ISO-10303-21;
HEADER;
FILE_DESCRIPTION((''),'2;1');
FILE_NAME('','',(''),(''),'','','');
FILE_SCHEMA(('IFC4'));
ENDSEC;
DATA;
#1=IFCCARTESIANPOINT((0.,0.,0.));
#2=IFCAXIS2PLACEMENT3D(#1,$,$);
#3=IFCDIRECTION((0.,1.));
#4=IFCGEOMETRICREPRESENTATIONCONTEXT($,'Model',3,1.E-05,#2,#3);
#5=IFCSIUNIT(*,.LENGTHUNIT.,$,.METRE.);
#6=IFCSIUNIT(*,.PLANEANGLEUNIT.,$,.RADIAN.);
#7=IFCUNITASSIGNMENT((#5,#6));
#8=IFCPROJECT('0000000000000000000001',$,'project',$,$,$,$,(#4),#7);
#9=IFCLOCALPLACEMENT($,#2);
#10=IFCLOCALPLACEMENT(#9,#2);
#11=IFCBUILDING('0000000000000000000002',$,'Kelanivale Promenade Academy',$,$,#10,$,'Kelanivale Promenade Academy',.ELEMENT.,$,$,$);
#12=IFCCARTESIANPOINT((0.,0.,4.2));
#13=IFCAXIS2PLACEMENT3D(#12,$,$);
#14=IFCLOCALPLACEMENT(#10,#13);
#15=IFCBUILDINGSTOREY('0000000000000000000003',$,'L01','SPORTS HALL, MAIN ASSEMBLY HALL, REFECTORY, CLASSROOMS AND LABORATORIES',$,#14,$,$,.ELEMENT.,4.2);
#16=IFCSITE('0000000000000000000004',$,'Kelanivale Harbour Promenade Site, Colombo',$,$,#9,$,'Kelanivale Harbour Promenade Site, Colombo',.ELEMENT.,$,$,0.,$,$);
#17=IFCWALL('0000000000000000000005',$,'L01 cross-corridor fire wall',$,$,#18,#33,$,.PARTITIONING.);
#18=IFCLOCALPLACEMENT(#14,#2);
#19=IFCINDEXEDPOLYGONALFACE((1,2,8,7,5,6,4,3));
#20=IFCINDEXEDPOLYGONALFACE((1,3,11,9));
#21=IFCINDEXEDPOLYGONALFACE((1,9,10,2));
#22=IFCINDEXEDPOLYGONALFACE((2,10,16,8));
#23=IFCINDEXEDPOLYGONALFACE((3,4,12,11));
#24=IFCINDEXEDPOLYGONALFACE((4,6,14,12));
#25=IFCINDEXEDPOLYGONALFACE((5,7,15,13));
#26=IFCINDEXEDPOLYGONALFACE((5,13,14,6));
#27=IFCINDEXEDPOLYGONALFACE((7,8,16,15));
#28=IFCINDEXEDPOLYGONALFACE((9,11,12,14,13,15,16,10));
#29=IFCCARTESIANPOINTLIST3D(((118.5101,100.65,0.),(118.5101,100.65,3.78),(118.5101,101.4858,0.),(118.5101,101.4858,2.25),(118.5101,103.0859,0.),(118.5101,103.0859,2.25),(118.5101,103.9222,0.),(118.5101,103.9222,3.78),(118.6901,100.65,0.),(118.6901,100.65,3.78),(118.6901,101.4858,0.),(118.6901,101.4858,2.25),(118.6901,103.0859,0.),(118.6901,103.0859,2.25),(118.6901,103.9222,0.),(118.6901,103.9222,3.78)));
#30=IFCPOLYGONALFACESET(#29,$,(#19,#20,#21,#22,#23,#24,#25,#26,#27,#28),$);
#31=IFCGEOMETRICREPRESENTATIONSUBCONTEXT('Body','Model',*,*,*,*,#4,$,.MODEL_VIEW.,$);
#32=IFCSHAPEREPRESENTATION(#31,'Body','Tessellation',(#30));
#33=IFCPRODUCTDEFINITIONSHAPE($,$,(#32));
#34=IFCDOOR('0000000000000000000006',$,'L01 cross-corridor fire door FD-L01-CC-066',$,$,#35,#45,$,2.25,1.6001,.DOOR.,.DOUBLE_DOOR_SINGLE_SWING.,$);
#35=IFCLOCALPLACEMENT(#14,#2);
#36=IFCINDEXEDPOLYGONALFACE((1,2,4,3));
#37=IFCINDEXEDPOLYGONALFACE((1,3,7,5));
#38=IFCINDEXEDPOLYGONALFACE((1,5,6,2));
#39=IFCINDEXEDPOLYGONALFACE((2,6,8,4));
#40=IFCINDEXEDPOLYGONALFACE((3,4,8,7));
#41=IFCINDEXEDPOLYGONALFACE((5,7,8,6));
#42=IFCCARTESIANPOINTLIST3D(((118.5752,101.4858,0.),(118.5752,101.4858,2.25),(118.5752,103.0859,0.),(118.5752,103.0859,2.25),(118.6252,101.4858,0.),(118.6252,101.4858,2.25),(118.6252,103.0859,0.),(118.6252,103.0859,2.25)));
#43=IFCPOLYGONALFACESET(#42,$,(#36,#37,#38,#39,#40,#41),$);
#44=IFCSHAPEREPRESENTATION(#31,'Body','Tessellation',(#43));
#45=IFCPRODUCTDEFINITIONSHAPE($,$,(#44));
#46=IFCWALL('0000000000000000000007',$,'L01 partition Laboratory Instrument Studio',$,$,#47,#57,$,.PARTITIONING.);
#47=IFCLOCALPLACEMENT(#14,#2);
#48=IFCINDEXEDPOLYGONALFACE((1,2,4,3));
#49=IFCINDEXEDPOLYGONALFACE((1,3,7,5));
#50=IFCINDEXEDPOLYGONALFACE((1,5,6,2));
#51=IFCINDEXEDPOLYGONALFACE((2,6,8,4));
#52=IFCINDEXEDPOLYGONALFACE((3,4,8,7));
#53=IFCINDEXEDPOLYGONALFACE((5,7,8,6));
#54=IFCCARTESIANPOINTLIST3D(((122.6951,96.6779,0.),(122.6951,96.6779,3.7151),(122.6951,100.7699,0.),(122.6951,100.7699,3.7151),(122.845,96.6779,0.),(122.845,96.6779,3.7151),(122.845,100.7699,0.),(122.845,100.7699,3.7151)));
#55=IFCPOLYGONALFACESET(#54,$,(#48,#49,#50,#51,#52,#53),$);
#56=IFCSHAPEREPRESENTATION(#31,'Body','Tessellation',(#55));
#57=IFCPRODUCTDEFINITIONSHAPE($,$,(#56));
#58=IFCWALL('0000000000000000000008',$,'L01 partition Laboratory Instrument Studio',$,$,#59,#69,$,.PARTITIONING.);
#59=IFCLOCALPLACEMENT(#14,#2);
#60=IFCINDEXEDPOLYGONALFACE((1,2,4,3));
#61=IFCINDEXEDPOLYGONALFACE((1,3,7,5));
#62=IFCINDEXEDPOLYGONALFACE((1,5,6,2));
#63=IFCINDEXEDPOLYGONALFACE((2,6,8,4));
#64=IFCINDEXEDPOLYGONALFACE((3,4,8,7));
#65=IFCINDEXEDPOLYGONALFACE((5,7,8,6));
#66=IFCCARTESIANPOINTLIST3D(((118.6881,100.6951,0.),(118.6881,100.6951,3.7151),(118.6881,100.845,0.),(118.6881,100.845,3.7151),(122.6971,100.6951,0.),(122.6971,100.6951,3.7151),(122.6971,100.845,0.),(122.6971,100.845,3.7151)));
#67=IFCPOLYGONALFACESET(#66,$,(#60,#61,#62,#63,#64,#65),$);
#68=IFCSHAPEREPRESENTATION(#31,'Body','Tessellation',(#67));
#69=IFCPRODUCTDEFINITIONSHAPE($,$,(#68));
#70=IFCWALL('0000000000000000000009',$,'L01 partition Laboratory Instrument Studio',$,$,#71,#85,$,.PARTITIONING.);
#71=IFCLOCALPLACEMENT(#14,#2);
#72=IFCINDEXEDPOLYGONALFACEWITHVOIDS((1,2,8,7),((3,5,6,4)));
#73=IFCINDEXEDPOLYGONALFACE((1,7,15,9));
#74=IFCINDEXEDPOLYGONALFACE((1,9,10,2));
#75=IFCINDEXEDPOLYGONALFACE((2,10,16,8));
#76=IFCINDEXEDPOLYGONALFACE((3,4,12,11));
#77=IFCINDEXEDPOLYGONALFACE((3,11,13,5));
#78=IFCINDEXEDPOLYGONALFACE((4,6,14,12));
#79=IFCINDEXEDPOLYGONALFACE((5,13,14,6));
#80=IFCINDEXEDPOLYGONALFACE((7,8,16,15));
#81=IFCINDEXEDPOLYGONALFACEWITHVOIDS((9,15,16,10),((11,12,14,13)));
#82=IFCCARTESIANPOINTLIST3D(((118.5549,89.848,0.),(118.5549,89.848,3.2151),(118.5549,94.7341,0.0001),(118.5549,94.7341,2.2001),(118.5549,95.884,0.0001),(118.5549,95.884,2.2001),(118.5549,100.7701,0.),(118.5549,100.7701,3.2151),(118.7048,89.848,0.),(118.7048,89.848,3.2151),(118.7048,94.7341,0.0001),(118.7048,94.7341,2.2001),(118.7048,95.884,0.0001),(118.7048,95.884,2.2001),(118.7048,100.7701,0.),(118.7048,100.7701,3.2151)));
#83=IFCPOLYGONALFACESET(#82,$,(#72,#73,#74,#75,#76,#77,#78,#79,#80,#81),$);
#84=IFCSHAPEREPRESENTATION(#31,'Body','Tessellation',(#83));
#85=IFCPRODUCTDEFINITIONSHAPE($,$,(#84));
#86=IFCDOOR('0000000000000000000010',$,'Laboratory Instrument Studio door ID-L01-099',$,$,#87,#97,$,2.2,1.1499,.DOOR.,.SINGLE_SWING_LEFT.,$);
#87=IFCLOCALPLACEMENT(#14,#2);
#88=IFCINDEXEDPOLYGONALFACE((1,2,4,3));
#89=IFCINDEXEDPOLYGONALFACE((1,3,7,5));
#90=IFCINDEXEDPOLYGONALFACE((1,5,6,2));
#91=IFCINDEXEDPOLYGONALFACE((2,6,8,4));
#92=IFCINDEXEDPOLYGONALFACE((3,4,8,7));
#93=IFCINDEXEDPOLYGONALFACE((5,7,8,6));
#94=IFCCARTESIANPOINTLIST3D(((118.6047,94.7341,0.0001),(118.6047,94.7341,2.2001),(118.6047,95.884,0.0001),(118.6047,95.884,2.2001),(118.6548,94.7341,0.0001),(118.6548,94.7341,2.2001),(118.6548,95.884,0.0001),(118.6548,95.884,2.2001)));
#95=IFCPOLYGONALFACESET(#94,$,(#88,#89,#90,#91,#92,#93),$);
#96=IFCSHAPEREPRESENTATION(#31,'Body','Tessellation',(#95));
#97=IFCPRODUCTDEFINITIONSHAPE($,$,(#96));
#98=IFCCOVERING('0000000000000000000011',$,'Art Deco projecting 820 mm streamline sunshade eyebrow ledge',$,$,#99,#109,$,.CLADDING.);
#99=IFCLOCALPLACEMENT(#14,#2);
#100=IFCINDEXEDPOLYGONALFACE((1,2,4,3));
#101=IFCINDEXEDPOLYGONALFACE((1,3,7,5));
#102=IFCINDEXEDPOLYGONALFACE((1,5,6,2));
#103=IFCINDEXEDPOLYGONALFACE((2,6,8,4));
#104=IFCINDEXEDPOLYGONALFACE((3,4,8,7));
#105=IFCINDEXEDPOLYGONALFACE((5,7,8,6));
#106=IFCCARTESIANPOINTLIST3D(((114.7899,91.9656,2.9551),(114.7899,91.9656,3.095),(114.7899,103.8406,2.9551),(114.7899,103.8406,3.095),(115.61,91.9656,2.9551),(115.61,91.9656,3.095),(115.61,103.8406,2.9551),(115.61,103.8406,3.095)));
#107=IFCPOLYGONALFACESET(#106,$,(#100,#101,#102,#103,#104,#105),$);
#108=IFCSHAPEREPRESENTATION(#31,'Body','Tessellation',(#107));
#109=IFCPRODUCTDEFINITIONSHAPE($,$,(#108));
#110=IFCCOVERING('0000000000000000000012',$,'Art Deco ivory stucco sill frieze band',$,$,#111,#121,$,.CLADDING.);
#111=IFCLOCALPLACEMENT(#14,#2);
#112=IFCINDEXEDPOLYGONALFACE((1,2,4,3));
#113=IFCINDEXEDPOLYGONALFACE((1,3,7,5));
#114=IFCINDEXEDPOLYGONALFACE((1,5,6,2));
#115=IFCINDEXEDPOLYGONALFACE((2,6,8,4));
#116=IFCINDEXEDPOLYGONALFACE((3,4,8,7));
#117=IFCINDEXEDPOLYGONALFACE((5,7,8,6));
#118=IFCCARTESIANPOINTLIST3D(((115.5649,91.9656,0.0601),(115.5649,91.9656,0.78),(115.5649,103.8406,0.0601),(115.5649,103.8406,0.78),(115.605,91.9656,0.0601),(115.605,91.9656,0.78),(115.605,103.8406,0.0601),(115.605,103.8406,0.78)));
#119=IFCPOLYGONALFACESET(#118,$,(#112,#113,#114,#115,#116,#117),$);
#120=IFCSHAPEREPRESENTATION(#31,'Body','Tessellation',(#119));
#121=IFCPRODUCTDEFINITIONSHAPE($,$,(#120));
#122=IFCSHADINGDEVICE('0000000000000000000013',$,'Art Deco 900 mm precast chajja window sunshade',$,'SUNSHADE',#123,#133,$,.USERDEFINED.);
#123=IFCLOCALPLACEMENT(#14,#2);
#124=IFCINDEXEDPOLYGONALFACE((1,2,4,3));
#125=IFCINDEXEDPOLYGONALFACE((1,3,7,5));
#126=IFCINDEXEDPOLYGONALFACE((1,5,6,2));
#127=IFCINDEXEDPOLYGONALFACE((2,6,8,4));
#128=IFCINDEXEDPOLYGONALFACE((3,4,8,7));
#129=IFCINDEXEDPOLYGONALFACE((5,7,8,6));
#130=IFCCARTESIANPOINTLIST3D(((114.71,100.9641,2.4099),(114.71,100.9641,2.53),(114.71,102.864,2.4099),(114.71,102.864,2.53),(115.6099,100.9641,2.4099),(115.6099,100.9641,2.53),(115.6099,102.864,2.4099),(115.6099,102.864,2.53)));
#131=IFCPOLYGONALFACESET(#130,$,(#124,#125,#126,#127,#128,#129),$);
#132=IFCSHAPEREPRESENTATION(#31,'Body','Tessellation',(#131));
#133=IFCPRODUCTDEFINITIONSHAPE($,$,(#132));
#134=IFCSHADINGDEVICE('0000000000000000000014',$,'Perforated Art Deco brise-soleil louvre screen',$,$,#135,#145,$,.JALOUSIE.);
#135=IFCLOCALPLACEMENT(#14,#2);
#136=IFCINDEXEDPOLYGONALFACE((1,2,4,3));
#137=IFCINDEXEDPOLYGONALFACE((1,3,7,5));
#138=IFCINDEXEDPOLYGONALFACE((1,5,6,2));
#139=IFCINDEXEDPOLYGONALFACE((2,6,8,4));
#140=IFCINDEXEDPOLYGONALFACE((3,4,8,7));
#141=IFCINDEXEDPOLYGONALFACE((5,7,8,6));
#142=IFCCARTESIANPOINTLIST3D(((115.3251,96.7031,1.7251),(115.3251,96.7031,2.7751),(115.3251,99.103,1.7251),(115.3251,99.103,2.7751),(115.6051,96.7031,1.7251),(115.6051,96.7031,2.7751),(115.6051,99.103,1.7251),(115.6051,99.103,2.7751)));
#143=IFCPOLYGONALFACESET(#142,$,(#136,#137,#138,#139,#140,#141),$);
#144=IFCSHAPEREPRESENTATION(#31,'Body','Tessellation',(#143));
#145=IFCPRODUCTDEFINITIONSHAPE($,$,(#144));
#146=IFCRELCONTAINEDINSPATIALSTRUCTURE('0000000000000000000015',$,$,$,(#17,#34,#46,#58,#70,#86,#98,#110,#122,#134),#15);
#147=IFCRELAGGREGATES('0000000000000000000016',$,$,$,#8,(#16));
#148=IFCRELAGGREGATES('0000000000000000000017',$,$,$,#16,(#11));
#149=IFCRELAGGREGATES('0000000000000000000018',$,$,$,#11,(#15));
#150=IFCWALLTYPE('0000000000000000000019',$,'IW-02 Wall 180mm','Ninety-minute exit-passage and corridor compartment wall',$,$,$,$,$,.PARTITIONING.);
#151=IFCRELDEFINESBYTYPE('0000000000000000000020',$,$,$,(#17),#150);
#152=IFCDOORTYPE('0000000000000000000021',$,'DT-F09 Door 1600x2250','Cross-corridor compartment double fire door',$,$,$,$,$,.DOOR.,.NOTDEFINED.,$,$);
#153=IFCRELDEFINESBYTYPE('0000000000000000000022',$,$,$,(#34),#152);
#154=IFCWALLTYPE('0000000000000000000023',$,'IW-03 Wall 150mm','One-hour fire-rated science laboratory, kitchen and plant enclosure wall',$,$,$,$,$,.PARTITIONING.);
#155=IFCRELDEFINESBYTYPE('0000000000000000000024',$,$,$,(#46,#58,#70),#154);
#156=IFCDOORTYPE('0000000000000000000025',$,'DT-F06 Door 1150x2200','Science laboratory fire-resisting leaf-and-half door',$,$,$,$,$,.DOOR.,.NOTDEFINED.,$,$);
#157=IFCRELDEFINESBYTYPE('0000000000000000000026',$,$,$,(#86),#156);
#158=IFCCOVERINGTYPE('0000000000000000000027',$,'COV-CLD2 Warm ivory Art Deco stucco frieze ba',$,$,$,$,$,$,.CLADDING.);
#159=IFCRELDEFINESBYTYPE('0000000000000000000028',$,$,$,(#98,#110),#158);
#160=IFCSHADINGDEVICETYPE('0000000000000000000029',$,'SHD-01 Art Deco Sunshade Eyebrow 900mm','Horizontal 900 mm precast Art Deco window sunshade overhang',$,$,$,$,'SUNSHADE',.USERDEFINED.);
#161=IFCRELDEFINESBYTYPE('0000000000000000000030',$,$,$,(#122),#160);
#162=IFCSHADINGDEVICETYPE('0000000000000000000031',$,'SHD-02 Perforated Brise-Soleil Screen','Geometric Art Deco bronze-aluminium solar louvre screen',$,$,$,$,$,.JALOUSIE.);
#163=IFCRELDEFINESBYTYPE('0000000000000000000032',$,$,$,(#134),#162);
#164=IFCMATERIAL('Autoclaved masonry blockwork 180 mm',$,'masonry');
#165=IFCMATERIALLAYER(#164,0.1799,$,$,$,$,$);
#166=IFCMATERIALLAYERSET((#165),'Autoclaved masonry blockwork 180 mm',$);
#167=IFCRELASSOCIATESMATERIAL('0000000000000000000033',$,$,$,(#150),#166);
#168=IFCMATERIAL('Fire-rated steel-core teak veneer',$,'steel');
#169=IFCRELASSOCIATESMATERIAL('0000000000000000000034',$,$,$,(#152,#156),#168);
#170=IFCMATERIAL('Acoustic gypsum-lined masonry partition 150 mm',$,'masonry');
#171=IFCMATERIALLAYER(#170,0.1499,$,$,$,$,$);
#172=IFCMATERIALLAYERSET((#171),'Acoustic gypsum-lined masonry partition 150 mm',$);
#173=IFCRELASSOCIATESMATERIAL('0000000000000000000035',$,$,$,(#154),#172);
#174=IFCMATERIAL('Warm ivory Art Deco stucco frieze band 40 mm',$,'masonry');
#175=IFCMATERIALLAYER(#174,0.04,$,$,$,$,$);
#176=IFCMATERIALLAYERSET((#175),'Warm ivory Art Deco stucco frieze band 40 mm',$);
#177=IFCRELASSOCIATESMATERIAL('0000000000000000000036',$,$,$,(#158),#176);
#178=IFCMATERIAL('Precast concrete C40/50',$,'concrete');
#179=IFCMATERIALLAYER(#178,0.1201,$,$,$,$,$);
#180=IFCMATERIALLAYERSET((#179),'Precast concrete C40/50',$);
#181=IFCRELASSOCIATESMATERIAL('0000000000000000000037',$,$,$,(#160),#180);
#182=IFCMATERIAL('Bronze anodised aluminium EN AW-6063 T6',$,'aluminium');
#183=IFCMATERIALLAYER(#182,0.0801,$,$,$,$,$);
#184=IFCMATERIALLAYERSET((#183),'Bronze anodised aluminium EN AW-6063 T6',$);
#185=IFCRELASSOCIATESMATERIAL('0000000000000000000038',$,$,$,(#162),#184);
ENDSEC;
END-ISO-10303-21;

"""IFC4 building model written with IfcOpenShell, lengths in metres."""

from ifc_helpers import new_model, si_unit, direction, frame, frame_2d, origin, origin_2d, place, context, subcontext, project, spatial, rectangle, extrude, material, layer, layer_set, type_object, element, fill, save


model = new_model("IFC4")

# Units and contexts
model_context = context("Model", 3, precision=1e-05, world=origin(), true_north=direction((0.0, 1.0)))
body_context = subcontext(model_context, "Body", "Model", "MODEL_VIEW")
ifc_project = project(units=[si_unit("LENGTHUNIT", "METRE"), si_unit("PLANEANGLEUNIT", "RADIAN")], contexts=[model_context])

# Site, building, storey
site_placement = place(None, origin())
site = spatial("IfcSite", under=ifc_project, at=site_placement, Name="Kelanivale Harbour Promenade Site, Colombo", LongName="Kelanivale Harbour Promenade Site, Colombo", CompositionType="ELEMENT", RefElevation=0.0)
building_placement = place(site_placement, origin())
building = spatial("IfcBuilding", under=site, at=building_placement, Name="Kelanivale Promenade Academy", LongName="Kelanivale Promenade Academy", CompositionType="ELEMENT")
storey_placement = place(building_placement, frame((0.0, 0.0, 4.2)))
storey = spatial("IfcBuildingStorey", under=building, at=storey_placement, Name="L01", Description="SPORTS HALL, MAIN ASSEMBLY HALL, REFECTORY, CLASSROOMS AND LABORATORIES", CompositionType="ELEMENT", Elevation=4.2)

# Shared definitions
ifc_material_1 = material(Name="Fire-rated steel-core teak veneer", Category="steel")

# Wall, opening, door
ifc_material_2 = material(Name="Autoclaved masonry blockwork 180 mm", Category="masonry")
ifc_layer_1 = layer(ifc_material_2, 0.1799)
ifc_layer_set_1 = layer_set([ifc_layer_1], Name="Autoclaved masonry blockwork 180 mm")
wall_type_1 = type_object("IfcWallType", Name="IW-02 Wall 180mm", Description="Ninety-minute exit-passage and corridor compartment wall", PredefinedType="PARTITIONING", material=ifc_layer_set_1)
wall_1_placement = place(storey_placement, frame((118.6001, 100.6499, 0.0), z_axis=(0.0, 0.0, 1.0), x_axis=(0.0, 1.0, 0.0)))
wall_1 = element("IfcWall", 1, at=wall_1_placement, inside=storey, type_object=wall_type_1, Name="L01 cross-corridor fire wall", PredefinedType="PARTITIONING", context=body_context, shape_type="SweptSolid", body=[
    extrude(rectangle(XDim=3.2722, YDim=0.1799, at=frame_2d((1.6362, 0.0))), origin(), (0.0, 0.0, 1.0), 3.78),
])
opening_1_placement = place(wall_1_placement, frame((0.8359, 0.0, 0.0)))
opening_1 = element("IfcOpeningElement", 2, at=opening_1_placement, cuts=wall_1, PredefinedType="OPENING", context=body_context, shape_type="SweptSolid", body=[
    extrude(rectangle(XDim=1.6001, YDim=2.25, at=frame_2d((0.8, 1.125))), frame((0.0, 0.1001, 0.0), z_axis=(0.0, -1.0, 0.0), x_axis=(1.0, 0.0, 0.0)), (0.0, 0.0, 1.0), 0.2),
])
door_type_1 = type_object("IfcDoorType", Name="DT-F09 Door 1600x2250", Description="Cross-corridor compartment double fire door", OperationType="NOTDEFINED", PredefinedType="DOOR", material=ifc_material_1)
door_1_placement = place(opening_1_placement, origin())
door_1 = element("IfcDoor", 3, at=door_1_placement, inside=storey, type_object=door_type_1, Name="L01 cross-corridor fire door FD-L01-CC-066", OperationType="DOUBLE_DOOR_SINGLE_SWING", OverallHeight=2.25, OverallWidth=1.6001, PredefinedType="DOOR", context=body_context, shape_type="SweptSolid", body=[
    extrude(rectangle(XDim=1.6001, YDim=2.25, at=frame_2d((0.8, 1.125))), frame((0.0, 0.0249, 0.0), z_axis=(0.0, -1.0, 0.0), x_axis=(1.0, 0.0, 0.0)), (0.0, 0.0, 1.0), 0.05),
])
fill(opening_1, door_1)

# Walls
ifc_material_3 = material(Name="Acoustic gypsum-lined masonry partition 150 mm", Category="masonry")
ifc_layer_2 = layer(ifc_material_3, 0.1499)
ifc_layer_set_2 = layer_set([ifc_layer_2], Name="Acoustic gypsum-lined masonry partition 150 mm")
wall_type_2 = type_object("IfcWallType", Name="IW-03 Wall 150mm", Description="One-hour fire-rated science laboratory, kitchen and plant enclosure wall", PredefinedType="PARTITIONING", material=ifc_layer_set_2)
wall_2_placement = place(storey_placement, frame((122.77, 96.678, 0.0), z_axis=(0.0, 0.0, 1.0), x_axis=(0.0, 1.0, 0.0)))
element("IfcWall", 4, at=wall_2_placement, inside=storey, type_object=wall_type_2, Name="L01 partition Laboratory Instrument Studio", PredefinedType="PARTITIONING", context=body_context, shape_type="SweptSolid", body=[
    extrude(rectangle(XDim=4.092, YDim=0.1499, at=frame_2d((2.0459, 0.0))), origin(), (0.0, 0.0, 1.0), 3.7151),
])
wall_3_placement = place(storey_placement, frame((122.697, 100.77, 0.0), z_axis=(0.0, 0.0, 1.0), x_axis=(-1.0, 0.0, 0.0)))
element("IfcWall", 5, at=wall_3_placement, inside=storey, type_object=wall_type_2, Name="L01 partition Laboratory Instrument Studio", PredefinedType="PARTITIONING", context=body_context, shape_type="SweptSolid", body=[
    extrude(rectangle(XDim=4.009, YDim=0.1499, at=frame_2d((2.0044, 0.0))), origin(), (0.0, 0.0, 1.0), 3.7151),
])

# Wall, opening, door
wall_4_placement = place(storey_placement, frame((118.6299, 100.77, 0.0), z_axis=(0.0, 0.0, 1.0), x_axis=(0.0, -1.0, 0.0)))
wall_4 = element("IfcWall", 6, at=wall_4_placement, inside=storey, type_object=wall_type_2, Name="L01 partition Laboratory Instrument Studio", PredefinedType="PARTITIONING", context=body_context, shape_type="SweptSolid", body=[
    extrude(rectangle(XDim=10.9221, YDim=0.1499, at=frame_2d((5.4609, 0.0))), origin(), (0.0, 0.0, 1.0), 3.2151),
])
opening_2_placement = place(wall_4_placement, frame((4.886, 0.0, 0.0)))
opening_2 = element("IfcOpeningElement", 7, at=opening_2_placement, cuts=wall_4, PredefinedType="OPENING", context=body_context, shape_type="SweptSolid", body=[
    extrude(rectangle(XDim=1.1499, YDim=2.2, at=frame_2d((0.575, 1.1001))), frame((0.0, 0.085, 0.0), z_axis=(0.0, -1.0, 0.0), x_axis=(1.0, 0.0, 0.0)), (0.0, 0.0, 1.0), 0.1699),
])
door_type_2 = type_object("IfcDoorType", Name="DT-F06 Door 1150x2200", Description="Science laboratory fire-resisting leaf-and-half door", OperationType="NOTDEFINED", PredefinedType="DOOR", material=ifc_material_1)
door_2_placement = place(opening_2_placement, origin())
door_2 = element("IfcDoor", 8, at=door_2_placement, inside=storey, type_object=door_type_2, Name="Laboratory Instrument Studio door ID-L01-099", OperationType="SINGLE_SWING_LEFT", OverallHeight=2.2, OverallWidth=1.1499, PredefinedType="DOOR", context=body_context, shape_type="SweptSolid", body=[
    extrude(rectangle(XDim=1.1499, YDim=2.2, at=frame_2d((0.575, 1.1001))), frame((0.0, 0.0249, 0.0), z_axis=(0.0, -1.0, 0.0), x_axis=(1.0, 0.0, 0.0)), (0.0, 0.0, 1.0), 0.05),
])
fill(opening_2, door_2)

# Coverings
ifc_material_4 = material(Name="Warm ivory Art Deco stucco frieze band 40 mm", Category="masonry")
ifc_layer_3 = layer(ifc_material_4, 0.04)
ifc_layer_set_3 = layer_set([ifc_layer_3], Name="Warm ivory Art Deco stucco frieze band 40 mm")
covering_type = type_object("IfcCoveringType", Name="COV-CLD2 Warm ivory Art Deco stucco frieze ba", PredefinedType="CLADDING", material=ifc_layer_set_3)
covering_1_placement = place(storey_placement, frame((115.2, 97.9031, 2.9551), z_axis=(0.0, 0.0, 1.0), x_axis=(0.0, -1.0, 0.0)))
element("IfcCovering", 9, at=covering_1_placement, inside=storey, type_object=covering_type, Name="Art Deco projecting 820 mm streamline sunshade eyebrow ledge", PredefinedType="CLADDING", context=body_context, shape_type="SweptSolid", body=[
    extrude(rectangle(XDim=11.875, YDim=0.8201, at=origin_2d()), origin(), (0.0, 0.0, 1.0), 0.1399),
])
covering_2_placement = place(storey_placement, frame((115.585, 97.9031, 0.0601), z_axis=(0.0, 0.0, 1.0), x_axis=(0.0, -1.0, 0.0)))
element("IfcCovering", 10, at=covering_2_placement, inside=storey, type_object=covering_type, Name="Art Deco ivory stucco sill frieze band", PredefinedType="CLADDING", context=body_context, shape_type="SweptSolid", body=[
    extrude(rectangle(XDim=11.875, YDim=0.04, at=origin_2d()), origin(), (0.0, 0.0, 1.0), 0.72),
])

# Shading devices
ifc_material_5 = material(Name="Precast concrete C40/50", Category="concrete")
ifc_layer_4 = layer(ifc_material_5, 0.1201)
ifc_layer_set_4 = layer_set([ifc_layer_4], Name="Precast concrete C40/50")
shading_device_type_1 = type_object("IfcShadingDeviceType", Name="SHD-01 Art Deco Sunshade Eyebrow 900mm", Description="Horizontal 900 mm precast Art Deco window sunshade overhang", ElementType="SUNSHADE", PredefinedType="USERDEFINED", material=ifc_layer_set_4)
shading_device_1_placement = place(storey_placement, frame((115.1599, 101.9141, 2.4099), z_axis=(0.0, 0.0, 1.0), x_axis=(0.0, -1.0, 0.0)))
element("IfcShadingDevice", 11, at=shading_device_1_placement, inside=storey, type_object=shading_device_type_1, Name="Art Deco 900 mm precast chajja window sunshade", ObjectType="SUNSHADE", PredefinedType="USERDEFINED", context=body_context, shape_type="SweptSolid", body=[
    extrude(rectangle(XDim=1.8999, YDim=0.8999, at=origin_2d()), origin(), (0.0, 0.0, 1.0), 0.1201),
])
ifc_material_6 = material(Name="Bronze anodised aluminium EN AW-6063 T6", Category="aluminium")
ifc_layer_5 = layer(ifc_material_6, 0.0801)
ifc_layer_set_5 = layer_set([ifc_layer_5], Name="Bronze anodised aluminium EN AW-6063 T6")
shading_device_type_2 = type_object("IfcShadingDeviceType", Name="SHD-02 Perforated Brise-Soleil Screen", Description="Geometric Art Deco bronze-aluminium solar louvre screen", PredefinedType="JALOUSIE", material=ifc_layer_set_5)
shading_device_2_placement = place(storey_placement, frame((115.4651, 97.9031, 1.7251), z_axis=(0.0, 0.0, 1.0), x_axis=(0.0, -1.0, 0.0)))
element("IfcShadingDevice", 12, at=shading_device_2_placement, inside=storey, type_object=shading_device_type_2, Name="Perforated Art Deco brise-soleil louvre screen", PredefinedType="JALOUSIE", context=body_context, shape_type="SweptSolid", body=[
    extrude(rectangle(XDim=2.3999, YDim=0.28, at=origin_2d()), origin(), (0.0, 0.0, 1.0), 1.05),
])

save(model, "model.ifc")
